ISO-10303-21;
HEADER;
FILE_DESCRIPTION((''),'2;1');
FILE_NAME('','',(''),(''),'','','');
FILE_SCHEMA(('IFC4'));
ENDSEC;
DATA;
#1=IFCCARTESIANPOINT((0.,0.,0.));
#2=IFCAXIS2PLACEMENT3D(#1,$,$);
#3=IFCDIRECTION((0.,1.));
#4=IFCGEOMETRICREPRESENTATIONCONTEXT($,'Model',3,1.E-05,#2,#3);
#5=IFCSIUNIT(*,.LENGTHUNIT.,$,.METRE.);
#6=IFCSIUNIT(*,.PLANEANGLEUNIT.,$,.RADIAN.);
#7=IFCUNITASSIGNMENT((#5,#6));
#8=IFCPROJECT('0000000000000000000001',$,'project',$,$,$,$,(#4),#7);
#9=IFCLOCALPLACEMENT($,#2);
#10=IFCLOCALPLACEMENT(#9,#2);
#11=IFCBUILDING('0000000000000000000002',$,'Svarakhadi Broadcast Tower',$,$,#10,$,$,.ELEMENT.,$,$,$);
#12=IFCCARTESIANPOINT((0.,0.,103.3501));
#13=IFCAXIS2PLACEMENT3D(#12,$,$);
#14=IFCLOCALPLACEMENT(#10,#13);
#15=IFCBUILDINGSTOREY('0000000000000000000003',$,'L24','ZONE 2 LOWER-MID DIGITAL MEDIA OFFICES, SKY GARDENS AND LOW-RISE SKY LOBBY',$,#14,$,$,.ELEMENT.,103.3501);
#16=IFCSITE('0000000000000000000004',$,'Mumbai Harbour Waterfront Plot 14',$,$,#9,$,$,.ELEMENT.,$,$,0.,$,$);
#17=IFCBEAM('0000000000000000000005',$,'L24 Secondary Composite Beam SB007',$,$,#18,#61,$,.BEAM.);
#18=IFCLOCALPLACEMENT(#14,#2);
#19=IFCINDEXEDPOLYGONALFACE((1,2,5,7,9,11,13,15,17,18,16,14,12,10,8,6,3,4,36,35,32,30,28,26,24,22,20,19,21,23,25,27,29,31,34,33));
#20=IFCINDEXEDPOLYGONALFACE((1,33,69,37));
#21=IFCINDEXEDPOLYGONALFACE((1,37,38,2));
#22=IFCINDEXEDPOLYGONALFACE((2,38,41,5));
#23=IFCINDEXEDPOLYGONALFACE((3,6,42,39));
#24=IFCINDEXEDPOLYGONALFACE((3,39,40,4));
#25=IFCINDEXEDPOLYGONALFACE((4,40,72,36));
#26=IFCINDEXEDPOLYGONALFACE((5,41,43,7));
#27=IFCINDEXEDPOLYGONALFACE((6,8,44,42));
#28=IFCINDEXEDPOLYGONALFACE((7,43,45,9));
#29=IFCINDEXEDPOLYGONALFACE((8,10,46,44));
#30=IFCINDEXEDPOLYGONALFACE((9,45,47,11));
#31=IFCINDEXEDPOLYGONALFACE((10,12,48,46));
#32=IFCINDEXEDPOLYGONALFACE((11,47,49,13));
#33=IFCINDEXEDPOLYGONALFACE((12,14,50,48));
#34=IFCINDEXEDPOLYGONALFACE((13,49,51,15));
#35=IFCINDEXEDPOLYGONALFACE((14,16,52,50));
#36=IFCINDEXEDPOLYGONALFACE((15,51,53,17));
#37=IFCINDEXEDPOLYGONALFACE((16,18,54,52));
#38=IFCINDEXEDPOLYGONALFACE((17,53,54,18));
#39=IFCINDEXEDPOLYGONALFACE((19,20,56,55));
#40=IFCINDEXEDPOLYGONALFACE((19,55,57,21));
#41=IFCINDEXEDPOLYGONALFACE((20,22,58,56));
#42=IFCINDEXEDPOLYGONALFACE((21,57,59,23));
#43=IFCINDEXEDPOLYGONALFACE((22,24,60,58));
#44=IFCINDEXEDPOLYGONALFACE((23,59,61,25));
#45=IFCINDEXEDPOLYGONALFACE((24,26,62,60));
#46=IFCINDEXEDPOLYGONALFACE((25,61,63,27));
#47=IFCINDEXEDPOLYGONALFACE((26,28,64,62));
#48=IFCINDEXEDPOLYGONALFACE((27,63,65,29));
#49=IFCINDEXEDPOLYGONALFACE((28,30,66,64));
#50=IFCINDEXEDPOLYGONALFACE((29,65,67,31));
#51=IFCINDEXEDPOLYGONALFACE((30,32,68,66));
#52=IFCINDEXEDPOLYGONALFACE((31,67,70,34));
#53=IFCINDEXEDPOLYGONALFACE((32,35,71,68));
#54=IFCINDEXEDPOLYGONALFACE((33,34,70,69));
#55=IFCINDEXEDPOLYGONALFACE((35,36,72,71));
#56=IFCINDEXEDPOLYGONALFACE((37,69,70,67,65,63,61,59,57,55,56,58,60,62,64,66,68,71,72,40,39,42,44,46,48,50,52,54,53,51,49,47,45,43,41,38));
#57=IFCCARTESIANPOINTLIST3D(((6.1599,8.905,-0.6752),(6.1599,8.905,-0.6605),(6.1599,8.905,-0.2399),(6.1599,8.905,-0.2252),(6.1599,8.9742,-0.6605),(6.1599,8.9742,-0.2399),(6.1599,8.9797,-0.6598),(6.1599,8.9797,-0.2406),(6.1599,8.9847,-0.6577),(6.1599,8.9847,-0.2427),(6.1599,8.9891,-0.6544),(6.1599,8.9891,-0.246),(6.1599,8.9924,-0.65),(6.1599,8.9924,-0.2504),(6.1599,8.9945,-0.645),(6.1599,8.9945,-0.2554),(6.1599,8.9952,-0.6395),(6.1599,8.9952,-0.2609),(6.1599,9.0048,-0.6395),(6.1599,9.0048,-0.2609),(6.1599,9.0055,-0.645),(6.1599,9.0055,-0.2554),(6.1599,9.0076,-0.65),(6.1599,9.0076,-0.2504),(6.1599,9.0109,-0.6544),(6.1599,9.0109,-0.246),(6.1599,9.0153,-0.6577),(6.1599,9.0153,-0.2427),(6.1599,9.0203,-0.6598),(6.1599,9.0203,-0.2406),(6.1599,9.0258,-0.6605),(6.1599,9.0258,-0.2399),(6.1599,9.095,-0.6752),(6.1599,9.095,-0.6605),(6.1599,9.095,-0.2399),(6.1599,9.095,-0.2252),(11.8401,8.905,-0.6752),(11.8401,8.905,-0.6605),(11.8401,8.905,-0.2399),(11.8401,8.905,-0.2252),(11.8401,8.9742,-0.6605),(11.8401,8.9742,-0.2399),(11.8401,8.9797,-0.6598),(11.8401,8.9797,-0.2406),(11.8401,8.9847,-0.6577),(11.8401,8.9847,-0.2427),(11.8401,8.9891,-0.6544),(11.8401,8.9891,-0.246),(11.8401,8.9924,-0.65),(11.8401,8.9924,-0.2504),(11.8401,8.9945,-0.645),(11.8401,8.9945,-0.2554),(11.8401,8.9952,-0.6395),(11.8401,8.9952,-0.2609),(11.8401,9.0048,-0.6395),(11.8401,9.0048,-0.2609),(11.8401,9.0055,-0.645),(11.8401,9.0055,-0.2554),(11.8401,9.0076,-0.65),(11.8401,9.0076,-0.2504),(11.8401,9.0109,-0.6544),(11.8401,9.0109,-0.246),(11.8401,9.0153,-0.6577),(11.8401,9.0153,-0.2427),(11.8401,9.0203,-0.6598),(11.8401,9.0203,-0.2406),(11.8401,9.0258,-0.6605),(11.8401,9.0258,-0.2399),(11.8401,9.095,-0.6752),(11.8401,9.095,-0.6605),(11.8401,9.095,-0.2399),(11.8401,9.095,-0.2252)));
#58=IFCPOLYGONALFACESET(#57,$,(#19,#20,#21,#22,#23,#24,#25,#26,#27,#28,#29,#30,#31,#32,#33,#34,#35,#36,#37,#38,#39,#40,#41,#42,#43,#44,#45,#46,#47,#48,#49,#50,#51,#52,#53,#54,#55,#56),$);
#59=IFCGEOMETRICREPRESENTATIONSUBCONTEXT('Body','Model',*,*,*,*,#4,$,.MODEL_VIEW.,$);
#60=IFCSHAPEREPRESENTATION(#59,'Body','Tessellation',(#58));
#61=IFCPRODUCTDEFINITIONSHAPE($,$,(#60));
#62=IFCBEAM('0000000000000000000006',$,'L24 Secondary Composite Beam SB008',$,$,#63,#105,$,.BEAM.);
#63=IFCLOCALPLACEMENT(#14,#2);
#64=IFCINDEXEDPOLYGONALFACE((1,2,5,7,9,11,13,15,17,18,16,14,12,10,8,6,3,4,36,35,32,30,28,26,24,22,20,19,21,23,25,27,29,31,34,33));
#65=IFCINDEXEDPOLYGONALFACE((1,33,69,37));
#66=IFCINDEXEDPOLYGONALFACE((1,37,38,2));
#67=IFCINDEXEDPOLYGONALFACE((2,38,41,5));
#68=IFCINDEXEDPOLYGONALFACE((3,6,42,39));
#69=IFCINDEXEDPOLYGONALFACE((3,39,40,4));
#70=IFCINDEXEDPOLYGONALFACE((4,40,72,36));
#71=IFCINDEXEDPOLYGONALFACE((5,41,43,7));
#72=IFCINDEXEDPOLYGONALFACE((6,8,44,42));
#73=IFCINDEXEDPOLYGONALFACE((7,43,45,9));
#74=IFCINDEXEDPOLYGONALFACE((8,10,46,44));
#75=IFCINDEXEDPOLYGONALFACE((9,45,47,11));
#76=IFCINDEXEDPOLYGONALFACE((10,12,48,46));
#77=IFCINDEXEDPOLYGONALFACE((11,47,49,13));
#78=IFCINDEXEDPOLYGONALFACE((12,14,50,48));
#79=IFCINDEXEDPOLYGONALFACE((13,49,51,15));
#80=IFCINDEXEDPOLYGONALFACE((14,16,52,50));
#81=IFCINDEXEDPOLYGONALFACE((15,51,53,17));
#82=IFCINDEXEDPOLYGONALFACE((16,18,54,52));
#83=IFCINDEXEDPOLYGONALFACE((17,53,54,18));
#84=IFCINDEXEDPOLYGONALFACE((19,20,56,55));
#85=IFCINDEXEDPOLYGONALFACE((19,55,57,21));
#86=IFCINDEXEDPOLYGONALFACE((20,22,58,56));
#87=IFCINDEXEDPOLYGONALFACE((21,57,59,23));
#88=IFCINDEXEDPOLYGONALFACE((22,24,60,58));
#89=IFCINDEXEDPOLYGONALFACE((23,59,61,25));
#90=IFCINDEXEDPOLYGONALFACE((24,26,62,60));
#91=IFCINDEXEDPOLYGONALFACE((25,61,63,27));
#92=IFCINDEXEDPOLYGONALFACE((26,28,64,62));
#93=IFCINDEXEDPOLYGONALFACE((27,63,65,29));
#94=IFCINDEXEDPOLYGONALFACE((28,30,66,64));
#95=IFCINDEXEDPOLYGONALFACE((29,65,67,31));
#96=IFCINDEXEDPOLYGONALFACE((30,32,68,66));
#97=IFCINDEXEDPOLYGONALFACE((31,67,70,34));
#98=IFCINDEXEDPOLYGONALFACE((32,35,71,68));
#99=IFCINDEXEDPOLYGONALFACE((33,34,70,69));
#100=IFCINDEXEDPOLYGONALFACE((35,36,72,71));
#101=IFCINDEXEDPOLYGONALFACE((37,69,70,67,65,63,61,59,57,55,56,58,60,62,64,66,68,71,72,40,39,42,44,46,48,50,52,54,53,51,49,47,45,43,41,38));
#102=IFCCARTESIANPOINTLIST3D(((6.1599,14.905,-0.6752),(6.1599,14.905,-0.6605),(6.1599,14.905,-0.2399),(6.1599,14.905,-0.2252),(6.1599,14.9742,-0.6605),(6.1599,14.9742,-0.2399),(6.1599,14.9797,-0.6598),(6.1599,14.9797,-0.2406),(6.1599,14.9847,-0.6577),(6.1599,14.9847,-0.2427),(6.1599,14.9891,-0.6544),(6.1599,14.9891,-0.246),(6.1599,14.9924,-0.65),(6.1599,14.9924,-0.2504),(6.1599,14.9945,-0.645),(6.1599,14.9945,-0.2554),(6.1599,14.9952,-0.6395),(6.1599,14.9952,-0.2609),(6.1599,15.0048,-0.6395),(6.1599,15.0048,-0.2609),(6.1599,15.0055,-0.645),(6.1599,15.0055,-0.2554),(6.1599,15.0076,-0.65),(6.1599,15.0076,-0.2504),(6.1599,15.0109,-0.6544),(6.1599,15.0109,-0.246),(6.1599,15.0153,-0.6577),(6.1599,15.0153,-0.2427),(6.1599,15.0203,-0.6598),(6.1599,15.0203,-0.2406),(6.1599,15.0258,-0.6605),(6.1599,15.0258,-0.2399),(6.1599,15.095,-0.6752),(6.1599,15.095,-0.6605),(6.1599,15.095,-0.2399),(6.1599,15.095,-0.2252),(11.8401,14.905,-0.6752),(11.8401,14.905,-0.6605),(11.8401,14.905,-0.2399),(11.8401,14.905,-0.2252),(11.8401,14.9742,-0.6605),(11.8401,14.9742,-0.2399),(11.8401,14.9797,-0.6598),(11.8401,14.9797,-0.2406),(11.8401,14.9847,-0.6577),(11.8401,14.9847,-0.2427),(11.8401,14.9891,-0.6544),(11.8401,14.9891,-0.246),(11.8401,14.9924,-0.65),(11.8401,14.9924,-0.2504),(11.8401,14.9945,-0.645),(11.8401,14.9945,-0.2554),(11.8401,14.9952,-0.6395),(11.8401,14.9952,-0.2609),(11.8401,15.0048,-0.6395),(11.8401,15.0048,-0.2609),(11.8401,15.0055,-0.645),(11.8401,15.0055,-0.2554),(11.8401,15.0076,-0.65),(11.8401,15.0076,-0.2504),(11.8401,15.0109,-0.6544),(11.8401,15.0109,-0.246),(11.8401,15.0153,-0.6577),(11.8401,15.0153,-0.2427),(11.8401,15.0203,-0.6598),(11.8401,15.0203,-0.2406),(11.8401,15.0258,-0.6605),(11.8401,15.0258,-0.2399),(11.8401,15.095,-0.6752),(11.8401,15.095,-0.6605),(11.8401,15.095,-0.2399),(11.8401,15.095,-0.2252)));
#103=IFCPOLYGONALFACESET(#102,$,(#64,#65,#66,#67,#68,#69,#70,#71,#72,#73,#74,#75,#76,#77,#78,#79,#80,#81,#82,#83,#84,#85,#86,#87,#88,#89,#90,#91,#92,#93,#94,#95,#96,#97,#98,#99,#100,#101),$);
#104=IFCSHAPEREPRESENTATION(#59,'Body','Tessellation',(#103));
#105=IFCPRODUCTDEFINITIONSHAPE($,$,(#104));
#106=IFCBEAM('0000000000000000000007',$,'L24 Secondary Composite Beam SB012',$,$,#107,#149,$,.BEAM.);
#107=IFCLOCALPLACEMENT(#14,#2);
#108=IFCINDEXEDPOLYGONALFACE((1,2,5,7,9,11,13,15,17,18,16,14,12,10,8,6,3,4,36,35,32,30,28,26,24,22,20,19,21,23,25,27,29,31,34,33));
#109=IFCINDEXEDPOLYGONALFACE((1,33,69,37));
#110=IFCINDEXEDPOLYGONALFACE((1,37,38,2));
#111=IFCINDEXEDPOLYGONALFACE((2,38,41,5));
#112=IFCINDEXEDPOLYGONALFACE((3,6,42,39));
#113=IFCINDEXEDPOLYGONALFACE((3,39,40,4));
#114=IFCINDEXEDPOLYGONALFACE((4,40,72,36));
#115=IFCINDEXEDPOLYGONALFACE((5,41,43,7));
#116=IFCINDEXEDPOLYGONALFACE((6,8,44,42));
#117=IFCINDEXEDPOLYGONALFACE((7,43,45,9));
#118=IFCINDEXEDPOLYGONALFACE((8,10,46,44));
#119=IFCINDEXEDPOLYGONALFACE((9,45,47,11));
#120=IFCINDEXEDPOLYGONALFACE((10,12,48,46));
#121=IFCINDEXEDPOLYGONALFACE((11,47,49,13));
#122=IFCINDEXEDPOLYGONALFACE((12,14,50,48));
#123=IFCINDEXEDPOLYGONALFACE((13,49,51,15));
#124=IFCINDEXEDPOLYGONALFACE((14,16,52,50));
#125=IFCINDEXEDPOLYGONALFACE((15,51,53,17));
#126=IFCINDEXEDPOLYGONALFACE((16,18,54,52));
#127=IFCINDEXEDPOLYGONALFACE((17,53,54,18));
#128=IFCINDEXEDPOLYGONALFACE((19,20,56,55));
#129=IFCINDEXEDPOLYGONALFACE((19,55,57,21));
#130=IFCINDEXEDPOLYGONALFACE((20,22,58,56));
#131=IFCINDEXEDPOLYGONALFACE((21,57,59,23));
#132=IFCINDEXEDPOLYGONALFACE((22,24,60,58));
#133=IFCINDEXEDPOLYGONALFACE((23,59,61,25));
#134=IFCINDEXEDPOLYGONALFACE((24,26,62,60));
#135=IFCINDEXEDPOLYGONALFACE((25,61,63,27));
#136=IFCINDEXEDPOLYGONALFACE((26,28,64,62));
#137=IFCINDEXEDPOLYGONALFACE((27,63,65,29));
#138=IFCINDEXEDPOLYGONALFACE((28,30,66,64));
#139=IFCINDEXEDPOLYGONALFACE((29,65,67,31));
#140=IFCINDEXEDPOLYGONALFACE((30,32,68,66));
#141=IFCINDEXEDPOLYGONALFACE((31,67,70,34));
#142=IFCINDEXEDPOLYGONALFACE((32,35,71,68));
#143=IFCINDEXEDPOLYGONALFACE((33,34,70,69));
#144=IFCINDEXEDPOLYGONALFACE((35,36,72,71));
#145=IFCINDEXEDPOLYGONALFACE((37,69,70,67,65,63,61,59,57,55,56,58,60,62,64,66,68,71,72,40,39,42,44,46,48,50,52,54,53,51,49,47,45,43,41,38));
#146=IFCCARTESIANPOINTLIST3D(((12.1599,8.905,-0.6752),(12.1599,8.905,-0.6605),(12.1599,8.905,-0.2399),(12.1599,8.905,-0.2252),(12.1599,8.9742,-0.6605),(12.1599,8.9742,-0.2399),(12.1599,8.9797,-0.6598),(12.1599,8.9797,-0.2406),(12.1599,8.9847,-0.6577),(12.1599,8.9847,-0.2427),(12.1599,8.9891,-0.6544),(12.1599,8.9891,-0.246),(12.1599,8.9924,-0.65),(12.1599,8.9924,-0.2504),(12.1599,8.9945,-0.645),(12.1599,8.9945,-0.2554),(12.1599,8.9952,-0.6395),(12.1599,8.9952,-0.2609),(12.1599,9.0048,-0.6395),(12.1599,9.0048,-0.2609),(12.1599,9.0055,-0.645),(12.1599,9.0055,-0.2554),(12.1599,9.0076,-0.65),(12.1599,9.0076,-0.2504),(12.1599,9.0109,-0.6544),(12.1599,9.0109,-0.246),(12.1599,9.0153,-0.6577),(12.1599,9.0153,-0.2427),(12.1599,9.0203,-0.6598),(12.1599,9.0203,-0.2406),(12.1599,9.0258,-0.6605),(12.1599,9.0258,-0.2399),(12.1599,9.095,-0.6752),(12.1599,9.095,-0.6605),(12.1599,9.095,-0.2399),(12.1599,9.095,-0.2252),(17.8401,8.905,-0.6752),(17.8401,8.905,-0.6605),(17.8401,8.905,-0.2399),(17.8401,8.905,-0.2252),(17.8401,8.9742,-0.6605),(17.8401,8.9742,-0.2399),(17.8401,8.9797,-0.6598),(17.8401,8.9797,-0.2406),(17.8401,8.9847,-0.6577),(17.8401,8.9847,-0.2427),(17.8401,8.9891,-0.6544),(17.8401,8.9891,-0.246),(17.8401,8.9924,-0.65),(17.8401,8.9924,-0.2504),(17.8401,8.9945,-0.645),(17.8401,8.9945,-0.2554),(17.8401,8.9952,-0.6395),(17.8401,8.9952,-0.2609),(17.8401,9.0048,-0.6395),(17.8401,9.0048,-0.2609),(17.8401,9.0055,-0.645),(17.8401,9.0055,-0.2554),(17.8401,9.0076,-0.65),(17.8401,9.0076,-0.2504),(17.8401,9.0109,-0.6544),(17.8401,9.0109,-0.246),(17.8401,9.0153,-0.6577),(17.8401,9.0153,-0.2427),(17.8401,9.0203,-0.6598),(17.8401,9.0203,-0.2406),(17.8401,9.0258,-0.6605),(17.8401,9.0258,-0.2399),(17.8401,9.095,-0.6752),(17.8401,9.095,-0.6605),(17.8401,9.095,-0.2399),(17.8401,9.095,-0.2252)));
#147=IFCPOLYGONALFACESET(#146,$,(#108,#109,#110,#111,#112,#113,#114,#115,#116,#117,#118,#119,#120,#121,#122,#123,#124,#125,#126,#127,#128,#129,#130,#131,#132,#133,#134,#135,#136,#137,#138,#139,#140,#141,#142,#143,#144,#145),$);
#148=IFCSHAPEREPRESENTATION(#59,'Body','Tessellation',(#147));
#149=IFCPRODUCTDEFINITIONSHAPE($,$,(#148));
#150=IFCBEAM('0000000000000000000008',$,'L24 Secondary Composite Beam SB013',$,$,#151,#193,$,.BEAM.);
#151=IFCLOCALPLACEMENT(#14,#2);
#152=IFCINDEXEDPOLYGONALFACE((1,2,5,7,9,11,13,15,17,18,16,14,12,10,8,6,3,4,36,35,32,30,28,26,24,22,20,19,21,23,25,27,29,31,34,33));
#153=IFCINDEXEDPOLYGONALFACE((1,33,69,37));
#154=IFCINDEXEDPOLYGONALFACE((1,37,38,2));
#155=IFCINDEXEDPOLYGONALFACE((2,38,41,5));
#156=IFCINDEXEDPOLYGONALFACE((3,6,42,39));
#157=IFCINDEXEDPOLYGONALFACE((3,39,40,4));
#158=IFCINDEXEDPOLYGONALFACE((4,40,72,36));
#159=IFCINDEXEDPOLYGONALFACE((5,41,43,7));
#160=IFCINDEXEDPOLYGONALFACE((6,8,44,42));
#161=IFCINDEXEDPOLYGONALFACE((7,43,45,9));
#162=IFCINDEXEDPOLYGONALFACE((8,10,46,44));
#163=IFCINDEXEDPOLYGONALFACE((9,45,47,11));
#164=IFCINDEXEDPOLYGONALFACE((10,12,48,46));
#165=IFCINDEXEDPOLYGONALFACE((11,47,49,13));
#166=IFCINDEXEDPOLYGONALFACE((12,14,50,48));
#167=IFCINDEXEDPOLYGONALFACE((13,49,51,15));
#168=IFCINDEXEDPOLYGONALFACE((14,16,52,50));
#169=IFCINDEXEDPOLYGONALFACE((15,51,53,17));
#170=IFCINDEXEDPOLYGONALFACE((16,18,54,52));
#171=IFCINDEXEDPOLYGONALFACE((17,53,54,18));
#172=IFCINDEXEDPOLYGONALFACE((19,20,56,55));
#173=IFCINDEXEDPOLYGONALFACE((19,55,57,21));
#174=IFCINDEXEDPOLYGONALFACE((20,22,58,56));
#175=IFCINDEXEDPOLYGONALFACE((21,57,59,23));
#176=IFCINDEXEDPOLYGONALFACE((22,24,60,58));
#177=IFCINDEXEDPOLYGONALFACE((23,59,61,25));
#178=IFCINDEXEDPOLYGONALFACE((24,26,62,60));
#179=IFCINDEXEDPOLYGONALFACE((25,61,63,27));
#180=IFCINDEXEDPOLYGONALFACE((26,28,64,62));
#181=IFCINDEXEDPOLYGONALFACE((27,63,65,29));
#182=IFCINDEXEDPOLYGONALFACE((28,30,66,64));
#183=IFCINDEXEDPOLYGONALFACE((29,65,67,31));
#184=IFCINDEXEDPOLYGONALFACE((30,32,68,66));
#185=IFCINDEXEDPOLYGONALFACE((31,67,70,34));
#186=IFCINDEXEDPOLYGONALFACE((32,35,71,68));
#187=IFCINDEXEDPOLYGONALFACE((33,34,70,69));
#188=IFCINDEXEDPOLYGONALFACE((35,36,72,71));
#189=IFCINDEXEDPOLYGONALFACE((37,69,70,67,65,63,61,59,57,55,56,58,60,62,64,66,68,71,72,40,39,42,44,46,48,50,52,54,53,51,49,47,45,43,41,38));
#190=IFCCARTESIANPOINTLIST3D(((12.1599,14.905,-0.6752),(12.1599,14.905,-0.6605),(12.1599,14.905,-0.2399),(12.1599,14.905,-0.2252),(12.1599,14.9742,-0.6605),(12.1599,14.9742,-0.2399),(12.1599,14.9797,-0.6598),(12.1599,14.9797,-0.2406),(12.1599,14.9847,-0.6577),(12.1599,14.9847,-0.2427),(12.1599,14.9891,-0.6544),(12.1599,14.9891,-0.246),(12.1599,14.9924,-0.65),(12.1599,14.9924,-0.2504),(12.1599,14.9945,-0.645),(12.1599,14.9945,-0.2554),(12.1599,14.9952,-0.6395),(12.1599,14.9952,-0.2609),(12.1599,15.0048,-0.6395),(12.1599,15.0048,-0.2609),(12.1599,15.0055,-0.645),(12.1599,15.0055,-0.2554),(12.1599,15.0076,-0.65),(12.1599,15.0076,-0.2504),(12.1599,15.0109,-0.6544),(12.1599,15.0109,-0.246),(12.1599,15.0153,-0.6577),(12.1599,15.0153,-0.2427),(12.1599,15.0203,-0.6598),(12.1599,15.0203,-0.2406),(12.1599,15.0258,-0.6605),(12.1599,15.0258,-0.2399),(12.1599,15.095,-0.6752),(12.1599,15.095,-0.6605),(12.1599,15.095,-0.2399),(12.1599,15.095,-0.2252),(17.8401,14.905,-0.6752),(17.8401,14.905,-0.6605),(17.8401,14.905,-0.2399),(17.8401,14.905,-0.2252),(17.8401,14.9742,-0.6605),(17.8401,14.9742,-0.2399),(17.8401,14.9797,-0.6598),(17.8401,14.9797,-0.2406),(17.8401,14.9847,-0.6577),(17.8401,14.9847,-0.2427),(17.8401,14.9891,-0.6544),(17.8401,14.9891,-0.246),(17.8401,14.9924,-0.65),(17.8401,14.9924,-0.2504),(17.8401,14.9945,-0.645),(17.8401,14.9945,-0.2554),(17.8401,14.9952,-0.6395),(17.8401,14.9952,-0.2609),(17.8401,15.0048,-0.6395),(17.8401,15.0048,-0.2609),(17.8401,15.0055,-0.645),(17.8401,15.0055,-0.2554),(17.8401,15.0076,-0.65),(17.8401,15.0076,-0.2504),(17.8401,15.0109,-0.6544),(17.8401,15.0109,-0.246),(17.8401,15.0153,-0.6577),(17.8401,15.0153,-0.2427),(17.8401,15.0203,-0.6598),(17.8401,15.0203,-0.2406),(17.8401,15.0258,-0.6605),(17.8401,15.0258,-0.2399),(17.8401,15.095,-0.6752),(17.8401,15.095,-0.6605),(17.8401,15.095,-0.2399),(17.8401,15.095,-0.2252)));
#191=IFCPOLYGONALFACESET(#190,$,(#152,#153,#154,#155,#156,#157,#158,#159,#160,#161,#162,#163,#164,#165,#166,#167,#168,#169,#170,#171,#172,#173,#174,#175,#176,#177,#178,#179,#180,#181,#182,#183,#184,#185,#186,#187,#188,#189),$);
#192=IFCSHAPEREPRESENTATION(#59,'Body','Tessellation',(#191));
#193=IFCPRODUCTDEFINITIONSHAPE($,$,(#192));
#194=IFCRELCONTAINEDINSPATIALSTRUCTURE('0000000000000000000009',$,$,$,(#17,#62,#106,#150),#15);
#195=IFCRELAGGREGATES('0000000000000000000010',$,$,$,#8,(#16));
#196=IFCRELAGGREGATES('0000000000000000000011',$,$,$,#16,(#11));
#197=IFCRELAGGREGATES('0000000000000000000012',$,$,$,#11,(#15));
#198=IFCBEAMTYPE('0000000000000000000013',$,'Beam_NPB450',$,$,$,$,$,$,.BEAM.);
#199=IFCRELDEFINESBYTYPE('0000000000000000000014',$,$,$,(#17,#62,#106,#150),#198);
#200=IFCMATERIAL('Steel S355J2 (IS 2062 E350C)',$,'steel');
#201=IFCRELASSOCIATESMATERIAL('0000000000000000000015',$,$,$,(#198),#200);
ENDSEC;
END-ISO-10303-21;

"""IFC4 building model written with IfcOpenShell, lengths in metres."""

from ifc_helpers import new_model, si_unit, direction, frame, origin, origin_2d, place, context, subcontext, project, spatial, i_section, extrude, material, material_profile, profile_set, type_object, element, save


model = new_model("IFC4")

# Units and contexts
model_context = context("Model", 3, precision=1e-05, world=origin(), true_north=direction((0.0, 1.0)))
body_context = subcontext(model_context, "Body", "Model", "MODEL_VIEW")
ifc_project = project(units=[si_unit("LENGTHUNIT", "METRE"), si_unit("PLANEANGLEUNIT", "RADIAN")], contexts=[model_context])

# Site, building, storey
site_placement = place(None, origin())
site = spatial("IfcSite", under=ifc_project, at=site_placement, Name="Mumbai Harbour Waterfront Plot 14", CompositionType="ELEMENT", RefElevation=0.0)
building_placement = place(site_placement, origin())
building = spatial("IfcBuilding", under=site, at=building_placement, Name="Svarakhadi Broadcast Tower", CompositionType="ELEMENT")
storey_placement = place(building_placement, frame((0.0, 0.0, 103.3501)))
storey = spatial("IfcBuildingStorey", under=building, at=storey_placement, Name="L24", Description="ZONE 2 LOWER-MID DIGITAL MEDIA OFFICES, SKY GARDENS AND LOW-RISE SKY LOBBY", CompositionType="ELEMENT", Elevation=103.3501)

# Beams
ifc_material_1 = material(Name="Steel S355J2 (IS 2062 E350C)", Category="steel")
ifc_material_profile_1 = material_profile(ifc_material_1, i_section(OverallWidth=0.1899, OverallDepth=0.45, WebThickness=0.0095, FlangeThickness=0.0146, FilletRadius=0.021, at=origin_2d()), Name="NPB 450x190x78")
ifc_profile_set_1 = profile_set([ifc_material_profile_1], Name="Steel S355J2 (IS 2062 E350C)")
beam_type_1 = type_object("IfcBeamType", Name="Beam_NPB450", PredefinedType="BEAM", material=ifc_profile_set_1)
for number, where, z_axis, x_axis, name in (
    (1, (6.1599, 9.0, -0.4502), (1.0, 0.0, 0.0), (0.0, 1.0, 0.0), "L24 Secondary Composite Beam SB007"),
    (2, (6.1599, 15.0, -0.4502), (1.0, 0.0, 0.0), (0.0, 1.0, 0.0), "L24 Secondary Composite Beam SB008"),
    (3, (12.1599, 9.0, -0.4502), (1.0, 0.0, 0.0), (0.0, 1.0, 0.0), "L24 Secondary Composite Beam SB012"),
    (4, (12.1599, 15.0, -0.4502), (1.0, 0.0, 0.0), (0.0, 1.0, 0.0), "L24 Secondary Composite Beam SB013"),
):
    element("IfcBeam", number, at=place(storey_placement, frame(where, z_axis=z_axis, x_axis=x_axis)), inside=storey, type_object=beam_type_1, Name=name, PredefinedType="BEAM", context=body_context, shape_type="SweptSolid", body=[
        extrude(i_section(OverallWidth=0.1899, OverallDepth=0.45, WebThickness=0.0095, FlangeThickness=0.0146, FilletRadius=0.021, at=origin_2d()), origin(), (0.0, 0.0, 1.0), 5.6802),
    ])

save(model, "model.ifc")
